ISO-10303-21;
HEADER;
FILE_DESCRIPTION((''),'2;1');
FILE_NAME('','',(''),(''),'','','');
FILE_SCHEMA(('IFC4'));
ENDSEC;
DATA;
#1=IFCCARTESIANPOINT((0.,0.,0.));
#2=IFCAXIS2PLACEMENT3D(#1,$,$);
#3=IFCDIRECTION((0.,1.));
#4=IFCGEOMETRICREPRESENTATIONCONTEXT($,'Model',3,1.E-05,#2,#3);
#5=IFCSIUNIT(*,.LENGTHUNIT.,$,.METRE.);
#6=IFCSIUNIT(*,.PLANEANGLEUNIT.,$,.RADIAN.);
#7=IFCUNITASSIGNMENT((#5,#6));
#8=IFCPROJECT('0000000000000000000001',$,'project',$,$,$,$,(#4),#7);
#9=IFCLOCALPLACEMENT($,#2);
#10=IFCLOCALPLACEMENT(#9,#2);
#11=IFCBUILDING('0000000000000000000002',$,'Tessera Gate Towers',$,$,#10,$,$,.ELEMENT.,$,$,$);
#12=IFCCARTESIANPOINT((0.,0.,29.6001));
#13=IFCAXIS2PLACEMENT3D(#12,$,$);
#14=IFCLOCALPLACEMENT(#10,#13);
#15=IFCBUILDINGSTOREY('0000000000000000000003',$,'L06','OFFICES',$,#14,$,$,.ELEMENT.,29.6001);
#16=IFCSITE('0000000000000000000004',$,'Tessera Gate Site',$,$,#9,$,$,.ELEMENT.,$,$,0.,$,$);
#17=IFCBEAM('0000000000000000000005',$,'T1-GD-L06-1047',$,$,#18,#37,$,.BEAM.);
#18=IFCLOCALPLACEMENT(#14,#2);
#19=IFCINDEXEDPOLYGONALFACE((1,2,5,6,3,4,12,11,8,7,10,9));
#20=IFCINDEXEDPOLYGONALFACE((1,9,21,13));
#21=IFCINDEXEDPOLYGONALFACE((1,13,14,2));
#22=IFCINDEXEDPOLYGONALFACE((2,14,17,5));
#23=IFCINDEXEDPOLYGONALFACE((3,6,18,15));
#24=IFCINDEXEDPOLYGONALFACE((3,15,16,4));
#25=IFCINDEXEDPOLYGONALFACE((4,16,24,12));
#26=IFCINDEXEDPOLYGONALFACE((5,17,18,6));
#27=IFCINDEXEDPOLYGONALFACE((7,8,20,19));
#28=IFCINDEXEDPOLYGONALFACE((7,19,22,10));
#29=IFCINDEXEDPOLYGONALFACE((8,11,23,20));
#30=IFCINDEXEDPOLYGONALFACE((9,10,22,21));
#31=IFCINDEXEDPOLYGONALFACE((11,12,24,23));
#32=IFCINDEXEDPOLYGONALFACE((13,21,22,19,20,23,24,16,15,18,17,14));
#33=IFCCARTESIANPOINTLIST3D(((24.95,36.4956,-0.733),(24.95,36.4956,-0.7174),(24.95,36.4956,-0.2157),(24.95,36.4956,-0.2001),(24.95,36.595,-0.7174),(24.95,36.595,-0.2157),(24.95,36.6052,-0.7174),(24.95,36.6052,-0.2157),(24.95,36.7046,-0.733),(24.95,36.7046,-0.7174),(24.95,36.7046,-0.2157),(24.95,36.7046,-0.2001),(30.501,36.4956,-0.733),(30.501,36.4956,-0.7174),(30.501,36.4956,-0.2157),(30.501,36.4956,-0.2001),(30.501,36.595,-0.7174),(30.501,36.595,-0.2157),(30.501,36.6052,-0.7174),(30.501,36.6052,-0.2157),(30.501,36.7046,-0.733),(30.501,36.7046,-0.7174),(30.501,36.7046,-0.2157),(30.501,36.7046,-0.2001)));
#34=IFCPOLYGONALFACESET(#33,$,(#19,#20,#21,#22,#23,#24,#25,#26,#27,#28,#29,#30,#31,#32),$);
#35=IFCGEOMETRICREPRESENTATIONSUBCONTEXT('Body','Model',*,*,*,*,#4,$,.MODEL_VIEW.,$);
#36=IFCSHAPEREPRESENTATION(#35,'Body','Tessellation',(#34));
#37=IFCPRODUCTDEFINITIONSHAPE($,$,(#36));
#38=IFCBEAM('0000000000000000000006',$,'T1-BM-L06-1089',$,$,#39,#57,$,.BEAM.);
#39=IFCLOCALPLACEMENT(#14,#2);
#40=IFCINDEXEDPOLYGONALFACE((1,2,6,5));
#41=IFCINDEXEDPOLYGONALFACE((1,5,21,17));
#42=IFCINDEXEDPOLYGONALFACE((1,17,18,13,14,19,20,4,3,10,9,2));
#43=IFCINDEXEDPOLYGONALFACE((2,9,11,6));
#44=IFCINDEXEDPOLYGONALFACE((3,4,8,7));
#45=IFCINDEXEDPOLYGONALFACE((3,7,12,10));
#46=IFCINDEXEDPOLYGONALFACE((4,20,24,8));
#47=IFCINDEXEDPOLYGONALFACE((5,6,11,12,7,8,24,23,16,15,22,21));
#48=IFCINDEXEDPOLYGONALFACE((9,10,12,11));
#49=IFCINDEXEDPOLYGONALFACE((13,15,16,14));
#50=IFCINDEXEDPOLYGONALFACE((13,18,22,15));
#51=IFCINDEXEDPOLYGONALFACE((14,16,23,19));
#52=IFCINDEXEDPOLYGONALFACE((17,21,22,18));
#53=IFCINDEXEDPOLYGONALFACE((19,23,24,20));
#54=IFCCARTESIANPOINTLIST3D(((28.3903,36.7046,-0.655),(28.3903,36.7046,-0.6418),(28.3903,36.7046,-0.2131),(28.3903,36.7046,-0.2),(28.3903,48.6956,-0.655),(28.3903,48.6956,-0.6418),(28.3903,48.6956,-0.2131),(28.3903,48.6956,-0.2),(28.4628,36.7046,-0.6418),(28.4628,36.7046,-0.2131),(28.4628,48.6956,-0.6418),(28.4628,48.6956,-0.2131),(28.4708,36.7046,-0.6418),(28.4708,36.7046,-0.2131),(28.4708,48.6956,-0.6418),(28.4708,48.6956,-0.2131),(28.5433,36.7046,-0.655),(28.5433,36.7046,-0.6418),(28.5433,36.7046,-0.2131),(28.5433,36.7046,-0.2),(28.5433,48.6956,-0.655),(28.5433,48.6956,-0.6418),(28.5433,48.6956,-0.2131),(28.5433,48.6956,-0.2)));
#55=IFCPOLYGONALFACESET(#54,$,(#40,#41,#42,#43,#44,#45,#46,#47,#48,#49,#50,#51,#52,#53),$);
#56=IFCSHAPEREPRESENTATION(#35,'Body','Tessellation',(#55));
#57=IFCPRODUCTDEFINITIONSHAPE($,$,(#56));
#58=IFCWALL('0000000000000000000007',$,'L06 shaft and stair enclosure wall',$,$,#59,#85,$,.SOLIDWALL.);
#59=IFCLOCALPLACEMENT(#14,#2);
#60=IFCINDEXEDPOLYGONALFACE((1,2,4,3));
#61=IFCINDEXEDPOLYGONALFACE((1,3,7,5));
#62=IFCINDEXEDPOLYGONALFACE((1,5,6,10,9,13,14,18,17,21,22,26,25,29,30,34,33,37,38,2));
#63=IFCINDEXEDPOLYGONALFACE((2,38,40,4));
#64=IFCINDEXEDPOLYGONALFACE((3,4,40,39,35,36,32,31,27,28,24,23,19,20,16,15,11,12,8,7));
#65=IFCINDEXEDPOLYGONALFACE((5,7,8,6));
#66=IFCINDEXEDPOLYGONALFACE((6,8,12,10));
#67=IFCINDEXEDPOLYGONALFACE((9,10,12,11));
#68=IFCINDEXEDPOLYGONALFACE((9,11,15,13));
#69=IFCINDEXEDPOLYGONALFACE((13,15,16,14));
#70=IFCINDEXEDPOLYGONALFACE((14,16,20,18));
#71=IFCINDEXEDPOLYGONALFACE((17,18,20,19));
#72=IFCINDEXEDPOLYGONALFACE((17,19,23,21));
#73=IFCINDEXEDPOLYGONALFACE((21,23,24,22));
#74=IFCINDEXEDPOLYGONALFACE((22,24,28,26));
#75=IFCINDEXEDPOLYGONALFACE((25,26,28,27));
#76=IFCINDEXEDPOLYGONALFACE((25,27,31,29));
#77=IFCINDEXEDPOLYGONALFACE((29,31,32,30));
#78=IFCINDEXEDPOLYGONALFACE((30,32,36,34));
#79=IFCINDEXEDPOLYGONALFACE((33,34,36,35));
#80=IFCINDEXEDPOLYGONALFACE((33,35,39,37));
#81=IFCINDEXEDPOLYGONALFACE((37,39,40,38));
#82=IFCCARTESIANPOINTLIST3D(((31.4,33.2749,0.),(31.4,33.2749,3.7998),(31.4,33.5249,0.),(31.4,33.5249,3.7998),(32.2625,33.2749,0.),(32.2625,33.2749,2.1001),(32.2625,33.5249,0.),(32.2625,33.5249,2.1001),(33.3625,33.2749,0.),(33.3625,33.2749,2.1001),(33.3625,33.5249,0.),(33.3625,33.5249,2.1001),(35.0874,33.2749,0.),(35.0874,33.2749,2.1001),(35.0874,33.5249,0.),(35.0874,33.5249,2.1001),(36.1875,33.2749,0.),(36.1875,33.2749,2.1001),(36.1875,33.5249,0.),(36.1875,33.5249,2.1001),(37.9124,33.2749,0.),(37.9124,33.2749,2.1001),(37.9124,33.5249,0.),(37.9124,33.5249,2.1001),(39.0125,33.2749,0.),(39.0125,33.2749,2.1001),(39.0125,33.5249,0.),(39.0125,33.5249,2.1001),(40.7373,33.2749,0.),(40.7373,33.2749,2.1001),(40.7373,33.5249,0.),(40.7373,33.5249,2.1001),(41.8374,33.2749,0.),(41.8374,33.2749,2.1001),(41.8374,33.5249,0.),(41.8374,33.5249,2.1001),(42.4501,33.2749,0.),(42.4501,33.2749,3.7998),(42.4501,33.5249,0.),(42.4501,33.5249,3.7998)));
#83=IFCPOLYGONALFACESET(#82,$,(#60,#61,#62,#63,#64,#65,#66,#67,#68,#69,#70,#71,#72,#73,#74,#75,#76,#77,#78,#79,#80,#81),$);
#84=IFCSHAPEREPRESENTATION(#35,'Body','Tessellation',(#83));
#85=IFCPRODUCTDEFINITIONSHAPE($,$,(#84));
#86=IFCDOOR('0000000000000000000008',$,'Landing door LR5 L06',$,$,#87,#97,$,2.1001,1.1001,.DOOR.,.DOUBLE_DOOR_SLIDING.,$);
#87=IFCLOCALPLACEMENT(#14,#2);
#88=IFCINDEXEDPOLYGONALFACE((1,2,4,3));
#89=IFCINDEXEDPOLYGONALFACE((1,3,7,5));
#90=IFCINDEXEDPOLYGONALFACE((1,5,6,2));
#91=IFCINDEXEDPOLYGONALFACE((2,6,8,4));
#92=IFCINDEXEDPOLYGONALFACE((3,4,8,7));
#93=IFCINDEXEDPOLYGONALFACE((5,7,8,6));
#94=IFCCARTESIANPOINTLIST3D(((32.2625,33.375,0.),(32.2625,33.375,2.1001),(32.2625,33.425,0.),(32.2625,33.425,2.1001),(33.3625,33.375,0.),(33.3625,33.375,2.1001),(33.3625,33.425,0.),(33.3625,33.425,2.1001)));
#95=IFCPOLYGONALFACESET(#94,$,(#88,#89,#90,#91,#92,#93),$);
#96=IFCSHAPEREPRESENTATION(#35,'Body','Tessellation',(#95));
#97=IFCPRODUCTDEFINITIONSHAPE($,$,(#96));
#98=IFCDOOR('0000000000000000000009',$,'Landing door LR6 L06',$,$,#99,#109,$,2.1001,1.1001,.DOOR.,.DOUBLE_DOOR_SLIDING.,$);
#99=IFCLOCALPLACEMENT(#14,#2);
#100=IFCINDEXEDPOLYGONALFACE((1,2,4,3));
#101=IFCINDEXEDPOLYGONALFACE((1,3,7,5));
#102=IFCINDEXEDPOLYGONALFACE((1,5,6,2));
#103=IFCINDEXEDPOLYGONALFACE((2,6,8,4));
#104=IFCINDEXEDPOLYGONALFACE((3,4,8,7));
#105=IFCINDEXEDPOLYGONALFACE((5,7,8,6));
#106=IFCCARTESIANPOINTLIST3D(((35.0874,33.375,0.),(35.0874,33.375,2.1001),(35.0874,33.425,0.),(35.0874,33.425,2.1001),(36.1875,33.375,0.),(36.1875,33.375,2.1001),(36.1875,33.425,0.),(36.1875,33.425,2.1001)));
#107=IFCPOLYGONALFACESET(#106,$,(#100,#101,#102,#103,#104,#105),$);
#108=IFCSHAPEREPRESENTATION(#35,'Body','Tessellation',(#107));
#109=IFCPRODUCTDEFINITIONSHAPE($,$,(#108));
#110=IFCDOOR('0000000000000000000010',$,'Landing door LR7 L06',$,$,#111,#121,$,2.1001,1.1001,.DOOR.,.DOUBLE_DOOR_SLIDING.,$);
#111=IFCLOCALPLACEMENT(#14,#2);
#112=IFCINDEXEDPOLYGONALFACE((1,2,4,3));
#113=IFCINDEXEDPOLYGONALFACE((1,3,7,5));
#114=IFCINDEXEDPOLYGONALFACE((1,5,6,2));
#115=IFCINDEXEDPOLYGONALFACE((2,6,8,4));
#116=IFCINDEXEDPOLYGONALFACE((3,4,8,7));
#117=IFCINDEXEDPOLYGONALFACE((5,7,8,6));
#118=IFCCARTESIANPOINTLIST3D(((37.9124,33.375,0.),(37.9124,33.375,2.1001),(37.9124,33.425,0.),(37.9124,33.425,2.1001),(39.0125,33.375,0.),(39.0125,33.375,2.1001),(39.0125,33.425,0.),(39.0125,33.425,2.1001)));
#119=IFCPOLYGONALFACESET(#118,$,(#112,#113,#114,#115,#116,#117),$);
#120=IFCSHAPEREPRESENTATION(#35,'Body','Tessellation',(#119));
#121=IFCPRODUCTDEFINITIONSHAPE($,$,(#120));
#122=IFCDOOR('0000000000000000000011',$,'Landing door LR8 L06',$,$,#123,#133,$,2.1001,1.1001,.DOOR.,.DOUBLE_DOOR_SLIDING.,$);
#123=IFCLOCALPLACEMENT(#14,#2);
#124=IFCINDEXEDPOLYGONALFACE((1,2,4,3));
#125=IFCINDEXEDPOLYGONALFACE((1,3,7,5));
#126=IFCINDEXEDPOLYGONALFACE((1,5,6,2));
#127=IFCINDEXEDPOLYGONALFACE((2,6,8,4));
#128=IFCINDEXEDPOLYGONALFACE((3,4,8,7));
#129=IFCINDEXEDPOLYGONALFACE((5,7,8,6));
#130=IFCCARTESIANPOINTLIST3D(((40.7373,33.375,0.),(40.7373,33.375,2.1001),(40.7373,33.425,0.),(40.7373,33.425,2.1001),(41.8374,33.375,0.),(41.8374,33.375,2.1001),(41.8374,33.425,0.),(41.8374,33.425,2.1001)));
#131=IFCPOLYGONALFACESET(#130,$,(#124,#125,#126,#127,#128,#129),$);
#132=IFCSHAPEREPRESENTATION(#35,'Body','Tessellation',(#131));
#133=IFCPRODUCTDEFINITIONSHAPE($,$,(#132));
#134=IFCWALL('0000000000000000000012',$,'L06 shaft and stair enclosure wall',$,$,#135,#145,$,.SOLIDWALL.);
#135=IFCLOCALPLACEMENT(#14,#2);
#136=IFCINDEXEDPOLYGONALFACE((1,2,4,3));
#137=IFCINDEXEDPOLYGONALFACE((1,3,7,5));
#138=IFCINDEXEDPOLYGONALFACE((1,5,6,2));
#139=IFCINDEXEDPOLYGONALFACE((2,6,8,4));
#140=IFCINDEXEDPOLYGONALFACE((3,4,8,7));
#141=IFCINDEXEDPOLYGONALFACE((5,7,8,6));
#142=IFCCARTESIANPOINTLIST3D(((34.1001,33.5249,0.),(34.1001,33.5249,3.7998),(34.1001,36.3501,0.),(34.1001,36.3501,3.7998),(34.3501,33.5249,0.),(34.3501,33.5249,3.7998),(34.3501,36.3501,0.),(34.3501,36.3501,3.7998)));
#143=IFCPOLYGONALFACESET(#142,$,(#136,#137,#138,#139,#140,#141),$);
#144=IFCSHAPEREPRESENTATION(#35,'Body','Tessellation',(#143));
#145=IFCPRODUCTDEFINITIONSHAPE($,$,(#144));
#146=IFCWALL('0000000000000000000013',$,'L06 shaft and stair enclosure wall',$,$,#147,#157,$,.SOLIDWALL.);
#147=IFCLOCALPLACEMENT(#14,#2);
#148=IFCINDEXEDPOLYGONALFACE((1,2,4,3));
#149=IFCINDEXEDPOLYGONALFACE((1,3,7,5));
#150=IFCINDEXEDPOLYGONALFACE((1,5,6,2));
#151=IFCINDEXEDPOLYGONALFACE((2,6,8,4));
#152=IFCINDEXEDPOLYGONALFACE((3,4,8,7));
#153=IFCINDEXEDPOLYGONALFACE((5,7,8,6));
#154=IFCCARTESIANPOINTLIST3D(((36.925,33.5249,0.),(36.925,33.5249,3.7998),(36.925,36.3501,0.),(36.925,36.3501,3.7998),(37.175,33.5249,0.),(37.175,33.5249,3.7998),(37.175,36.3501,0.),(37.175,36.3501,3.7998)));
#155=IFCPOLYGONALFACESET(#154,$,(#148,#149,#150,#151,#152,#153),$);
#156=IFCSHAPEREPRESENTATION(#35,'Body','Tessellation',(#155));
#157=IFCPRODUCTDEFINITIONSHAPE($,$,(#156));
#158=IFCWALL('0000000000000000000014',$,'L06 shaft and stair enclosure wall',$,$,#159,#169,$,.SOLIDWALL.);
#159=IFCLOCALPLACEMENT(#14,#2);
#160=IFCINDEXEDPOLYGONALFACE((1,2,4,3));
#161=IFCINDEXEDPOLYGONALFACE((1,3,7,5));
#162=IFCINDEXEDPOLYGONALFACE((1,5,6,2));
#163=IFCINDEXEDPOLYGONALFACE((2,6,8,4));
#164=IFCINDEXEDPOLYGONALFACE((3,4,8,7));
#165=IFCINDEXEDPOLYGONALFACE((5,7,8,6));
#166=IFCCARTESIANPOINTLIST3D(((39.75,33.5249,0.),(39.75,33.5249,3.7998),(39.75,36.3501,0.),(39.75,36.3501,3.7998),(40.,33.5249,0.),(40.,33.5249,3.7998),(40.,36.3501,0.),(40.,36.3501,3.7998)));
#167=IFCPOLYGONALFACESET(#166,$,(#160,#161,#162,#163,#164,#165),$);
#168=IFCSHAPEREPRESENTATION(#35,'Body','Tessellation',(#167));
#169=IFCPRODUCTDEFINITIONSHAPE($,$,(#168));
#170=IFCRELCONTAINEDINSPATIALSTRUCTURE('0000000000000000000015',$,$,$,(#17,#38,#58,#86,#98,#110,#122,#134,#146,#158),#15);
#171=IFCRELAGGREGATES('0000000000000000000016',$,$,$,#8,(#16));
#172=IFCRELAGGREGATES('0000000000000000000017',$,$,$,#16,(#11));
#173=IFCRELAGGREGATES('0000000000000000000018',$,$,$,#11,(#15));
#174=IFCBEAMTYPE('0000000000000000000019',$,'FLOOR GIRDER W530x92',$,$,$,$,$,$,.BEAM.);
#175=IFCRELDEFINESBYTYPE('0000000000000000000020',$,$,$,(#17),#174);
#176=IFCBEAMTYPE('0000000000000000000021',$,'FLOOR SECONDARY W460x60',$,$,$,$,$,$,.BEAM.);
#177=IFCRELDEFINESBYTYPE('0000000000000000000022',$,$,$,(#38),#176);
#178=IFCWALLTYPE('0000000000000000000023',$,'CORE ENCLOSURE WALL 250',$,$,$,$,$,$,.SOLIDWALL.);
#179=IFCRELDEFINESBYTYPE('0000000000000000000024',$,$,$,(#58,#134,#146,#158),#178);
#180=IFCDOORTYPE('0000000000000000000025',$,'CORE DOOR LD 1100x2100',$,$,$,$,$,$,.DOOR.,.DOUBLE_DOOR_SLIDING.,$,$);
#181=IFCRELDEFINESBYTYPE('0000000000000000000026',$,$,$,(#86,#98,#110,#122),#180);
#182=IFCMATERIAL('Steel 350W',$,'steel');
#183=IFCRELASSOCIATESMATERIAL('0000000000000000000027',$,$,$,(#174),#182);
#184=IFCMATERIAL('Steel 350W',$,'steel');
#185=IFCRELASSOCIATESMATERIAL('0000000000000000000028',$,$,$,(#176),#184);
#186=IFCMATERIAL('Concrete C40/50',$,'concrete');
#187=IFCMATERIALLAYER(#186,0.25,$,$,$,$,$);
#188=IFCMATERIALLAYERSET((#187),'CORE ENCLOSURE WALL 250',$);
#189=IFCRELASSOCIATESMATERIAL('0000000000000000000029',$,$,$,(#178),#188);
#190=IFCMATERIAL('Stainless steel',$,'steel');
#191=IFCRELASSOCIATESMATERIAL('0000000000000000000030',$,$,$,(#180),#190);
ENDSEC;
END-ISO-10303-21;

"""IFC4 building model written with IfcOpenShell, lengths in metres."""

from ifc_helpers import new_model, si_unit, direction, frame, frame_2d, origin, origin_2d, place, context, subcontext, project, spatial, rectangle, i_section, extrude, source, transform, mapped, material, layer, layer_set, material_profile, profile_set, type_object, element, fill, save


model = new_model("IFC4")

# Units and contexts
model_context = context("Model", 3, precision=1e-05, world=origin(), true_north=direction((0.0, 1.0)))
body_context = subcontext(model_context, "Body", "Model", "MODEL_VIEW")
ifc_project = project(units=[si_unit("LENGTHUNIT", "METRE"), si_unit("PLANEANGLEUNIT", "RADIAN")], contexts=[model_context])

# Site, building, storey
site_placement = place(None, origin())
site = spatial("IfcSite", under=ifc_project, at=site_placement, Name="Tessera Gate Site", CompositionType="ELEMENT", RefElevation=0.0)
building_placement = place(site_placement, origin())
building = spatial("IfcBuilding", under=site, at=building_placement, Name="Tessera Gate Towers", CompositionType="ELEMENT")
storey_placement = place(building_placement, frame((0.0, 0.0, 29.6001)))
storey = spatial("IfcBuildingStorey", under=building, at=storey_placement, Name="L06", Description="OFFICES", CompositionType="ELEMENT", Elevation=29.6001)

# Beams
ifc_material_1 = material(Name="Steel 350W", Category="steel")
ifc_material_profile_1 = material_profile(ifc_material_1, i_section(OverallWidth=0.209, OverallDepth=0.533, WebThickness=0.0103, FlangeThickness=0.0156, at=origin_2d()), Name="W530x92")
ifc_profile_set_1 = profile_set([ifc_material_profile_1], Name="Steel 350W")
beam_type_1 = type_object("IfcBeamType", Name="FLOOR GIRDER W530x92", PredefinedType="BEAM", material=ifc_profile_set_1)
beam_1_placement = place(storey_placement, frame((24.95, 36.6001, -0.4666), z_axis=(1.0, 0.0, 0.0), x_axis=(0.0, 1.0, 0.0)))
element("IfcBeam", 1, at=beam_1_placement, inside=storey, type_object=beam_type_1, Name="T1-GD-L06-1047", PredefinedType="BEAM", context=body_context, shape_type="SweptSolid", body=[
    extrude(i_section(OverallWidth=0.209, OverallDepth=0.533, WebThickness=0.0103, FlangeThickness=0.0156, at=origin_2d()), origin(), (0.0, 0.0, 1.0), 5.551),
])
ifc_material_2 = material(Name="Steel 350W", Category="steel")
ifc_material_profile_2 = material_profile(ifc_material_2, i_section(OverallWidth=0.1531, OverallDepth=0.4551, WebThickness=0.0081, FlangeThickness=0.0132, at=origin_2d()), Name="W460x60")
ifc_profile_set_2 = profile_set([ifc_material_profile_2], Name="Steel 350W")
beam_type_2 = type_object("IfcBeamType", Name="FLOOR SECONDARY W460x60", PredefinedType="BEAM", material=ifc_profile_set_2)
beam_2_placement = place(storey_placement, frame((28.4668, 36.7046, -0.4275), z_axis=(0.0, 1.0, 0.0), x_axis=(-1.0, 0.0, 0.0)))
element("IfcBeam", 2, at=beam_2_placement, inside=storey, type_object=beam_type_2, Name="T1-BM-L06-1089", PredefinedType="BEAM", context=body_context, shape_type="SweptSolid", body=[
    extrude(i_section(OverallWidth=0.1531, OverallDepth=0.4551, WebThickness=0.0081, FlangeThickness=0.0132, at=origin_2d()), origin(), (0.0, 0.0, 1.0), 11.991),
])

# Wall, openings, doors
ifc_material_3 = material(Name="Concrete C40/50", Category="concrete")
ifc_layer_1 = layer(ifc_material_3, 0.25)
ifc_layer_set_1 = layer_set([ifc_layer_1], Name="CORE ENCLOSURE WALL 250")
wall_type_1 = type_object("IfcWallType", Name="CORE ENCLOSURE WALL 250", PredefinedType="SOLIDWALL", material=ifc_layer_set_1)
wall_1_placement = place(storey_placement, frame((42.45, 33.3999, 0.0), z_axis=(0.0, 0.0, 1.0), x_axis=(-1.0, 0.0, 0.0)))
wall_1 = element("IfcWall", 3, at=wall_1_placement, inside=storey, type_object=wall_type_1, Name="L06 shaft and stair enclosure wall", PredefinedType="SOLIDWALL", context=body_context, shape_type="SweptSolid", body=[
    extrude(rectangle(XDim=11.05, YDim=0.25, at=frame_2d((5.5249, 0.0))), origin(), (0.0, 0.0, 1.0), 3.7998),
])
shared_shape_1 = source(origin(), body_context, "Body", "SweptSolid", [
    extrude(rectangle(XDim=1.1001, YDim=2.1001, at=frame_2d((0.55, 1.05))), frame((0.0, 0.135, 0.0), z_axis=(0.0, -1.0, 0.0), x_axis=(1.0, 0.0, 0.0)), (0.0, 0.0, 1.0), 0.27),
])
opening_1_placement = place(wall_1_placement, frame((9.0874, 0.0, 0.0)))
opening_1 = element("IfcOpeningElement", 4, at=opening_1_placement, cuts=wall_1, PredefinedType="OPENING", context=body_context, shape_type="MappedRepresentation", body=[
    mapped(shared_shape_1, transform((0.0, 0.0, 0.0), scale=1.0)),
])
opening_2_placement = place(wall_1_placement, frame((6.2625, 0.0, 0.0)))
opening_2 = element("IfcOpeningElement", 5, at=opening_2_placement, cuts=wall_1, PredefinedType="OPENING", context=body_context, shape_type="MappedRepresentation", body=[
    mapped(shared_shape_1, transform((0.0, 0.0, 0.0), scale=1.0)),
])
opening_3_placement = place(wall_1_placement, frame((3.4375, 0.0, 0.0)))
opening_3 = element("IfcOpeningElement", 6, at=opening_3_placement, cuts=wall_1, PredefinedType="OPENING", context=body_context, shape_type="MappedRepresentation", body=[
    mapped(shared_shape_1, transform((0.0, 0.0, 0.0), scale=1.0)),
])
opening_4_placement = place(wall_1_placement, frame((0.6125, 0.0, 0.0)))
opening_4 = element("IfcOpeningElement", 7, at=opening_4_placement, cuts=wall_1, PredefinedType="OPENING", context=body_context, shape_type="MappedRepresentation", body=[
    mapped(shared_shape_1, transform((0.0, 0.0, 0.0), scale=1.0)),
])
ifc_material_4 = material(Name="Stainless steel", Category="steel")
door_type_1 = type_object("IfcDoorType", Name="CORE DOOR LD 1100x2100", OperationType="DOUBLE_DOOR_SLIDING", PredefinedType="DOOR", material=ifc_material_4)
shared_shape_2 = source(origin(), body_context, "Body", "SweptSolid", [
    extrude(rectangle(XDim=1.1001, YDim=2.1001, at=frame_2d((0.55, 1.05))), frame((0.0, 0.0249, 0.0), z_axis=(0.0, -1.0, 0.0), x_axis=(1.0, 0.0, 0.0)), (0.0, 0.0, 1.0), 0.05),
])
door_1_placement = place(opening_1_placement, origin())
door_1 = element("IfcDoor", 8, at=door_1_placement, inside=storey, type_object=door_type_1, Name="Landing door LR5 L06", OperationType="DOUBLE_DOOR_SLIDING", OverallHeight=2.1001, OverallWidth=1.1001, PredefinedType="DOOR", context=body_context, shape_type="MappedRepresentation", body=[
    mapped(shared_shape_2, transform((0.0, 0.0, 0.0), scale=1.0)),
])
fill(opening_1, door_1)
door_2_placement = place(opening_2_placement, origin())
door_2 = element("IfcDoor", 9, at=door_2_placement, inside=storey, type_object=door_type_1, Name="Landing door LR6 L06", OperationType="DOUBLE_DOOR_SLIDING", OverallHeight=2.1001, OverallWidth=1.1001, PredefinedType="DOOR", context=body_context, shape_type="MappedRepresentation", body=[
    mapped(shared_shape_2, transform((0.0, 0.0, 0.0), scale=1.0)),
])
fill(opening_2, door_2)
door_3_placement = place(opening_3_placement, origin())
door_3 = element("IfcDoor", 10, at=door_3_placement, inside=storey, type_object=door_type_1, Name="Landing door LR7 L06", OperationType="DOUBLE_DOOR_SLIDING", OverallHeight=2.1001, OverallWidth=1.1001, PredefinedType="DOOR", context=body_context, shape_type="MappedRepresentation", body=[
    mapped(shared_shape_2, transform((0.0, 0.0, 0.0), scale=1.0)),
])
fill(opening_3, door_3)
door_4_placement = place(opening_4_placement, origin())
door_4 = element("IfcDoor", 11, at=door_4_placement, inside=storey, type_object=door_type_1, Name="Landing door LR8 L06", OperationType="DOUBLE_DOOR_SLIDING", OverallHeight=2.1001, OverallWidth=1.1001, PredefinedType="DOOR", context=body_context, shape_type="MappedRepresentation", body=[
    mapped(shared_shape_2, transform((0.0, 0.0, 0.0), scale=1.0)),
])
fill(opening_4, door_4)

# Walls
for number, where, z_axis, x_axis, name in (
    (12, (34.2251, 33.5249, 0.0), (0.0, 0.0, 1.0), (0.0, 1.0, 0.0), "L06 shaft and stair enclosure wall"),
    (13, (37.05, 33.5249, 0.0), (0.0, 0.0, 1.0), (0.0, 1.0, 0.0), "L06 shaft and stair enclosure wall"),
    (14, (39.875, 33.5249, 0.0), (0.0, 0.0, 1.0), (0.0, 1.0, 0.0), "L06 shaft and stair enclosure wall"),
):
    element("IfcWall", number, at=place(storey_placement, frame(where, z_axis=z_axis, x_axis=x_axis)), inside=storey, type_object=wall_type_1, Name=name, PredefinedType="SOLIDWALL", context=body_context, shape_type="SweptSolid", body=[
        extrude(rectangle(XDim=2.8252, YDim=0.25, at=frame_2d((1.4126, 0.0))), origin(), (0.0, 0.0, 1.0), 3.7998),
    ])

save(model, "model.ifc")
